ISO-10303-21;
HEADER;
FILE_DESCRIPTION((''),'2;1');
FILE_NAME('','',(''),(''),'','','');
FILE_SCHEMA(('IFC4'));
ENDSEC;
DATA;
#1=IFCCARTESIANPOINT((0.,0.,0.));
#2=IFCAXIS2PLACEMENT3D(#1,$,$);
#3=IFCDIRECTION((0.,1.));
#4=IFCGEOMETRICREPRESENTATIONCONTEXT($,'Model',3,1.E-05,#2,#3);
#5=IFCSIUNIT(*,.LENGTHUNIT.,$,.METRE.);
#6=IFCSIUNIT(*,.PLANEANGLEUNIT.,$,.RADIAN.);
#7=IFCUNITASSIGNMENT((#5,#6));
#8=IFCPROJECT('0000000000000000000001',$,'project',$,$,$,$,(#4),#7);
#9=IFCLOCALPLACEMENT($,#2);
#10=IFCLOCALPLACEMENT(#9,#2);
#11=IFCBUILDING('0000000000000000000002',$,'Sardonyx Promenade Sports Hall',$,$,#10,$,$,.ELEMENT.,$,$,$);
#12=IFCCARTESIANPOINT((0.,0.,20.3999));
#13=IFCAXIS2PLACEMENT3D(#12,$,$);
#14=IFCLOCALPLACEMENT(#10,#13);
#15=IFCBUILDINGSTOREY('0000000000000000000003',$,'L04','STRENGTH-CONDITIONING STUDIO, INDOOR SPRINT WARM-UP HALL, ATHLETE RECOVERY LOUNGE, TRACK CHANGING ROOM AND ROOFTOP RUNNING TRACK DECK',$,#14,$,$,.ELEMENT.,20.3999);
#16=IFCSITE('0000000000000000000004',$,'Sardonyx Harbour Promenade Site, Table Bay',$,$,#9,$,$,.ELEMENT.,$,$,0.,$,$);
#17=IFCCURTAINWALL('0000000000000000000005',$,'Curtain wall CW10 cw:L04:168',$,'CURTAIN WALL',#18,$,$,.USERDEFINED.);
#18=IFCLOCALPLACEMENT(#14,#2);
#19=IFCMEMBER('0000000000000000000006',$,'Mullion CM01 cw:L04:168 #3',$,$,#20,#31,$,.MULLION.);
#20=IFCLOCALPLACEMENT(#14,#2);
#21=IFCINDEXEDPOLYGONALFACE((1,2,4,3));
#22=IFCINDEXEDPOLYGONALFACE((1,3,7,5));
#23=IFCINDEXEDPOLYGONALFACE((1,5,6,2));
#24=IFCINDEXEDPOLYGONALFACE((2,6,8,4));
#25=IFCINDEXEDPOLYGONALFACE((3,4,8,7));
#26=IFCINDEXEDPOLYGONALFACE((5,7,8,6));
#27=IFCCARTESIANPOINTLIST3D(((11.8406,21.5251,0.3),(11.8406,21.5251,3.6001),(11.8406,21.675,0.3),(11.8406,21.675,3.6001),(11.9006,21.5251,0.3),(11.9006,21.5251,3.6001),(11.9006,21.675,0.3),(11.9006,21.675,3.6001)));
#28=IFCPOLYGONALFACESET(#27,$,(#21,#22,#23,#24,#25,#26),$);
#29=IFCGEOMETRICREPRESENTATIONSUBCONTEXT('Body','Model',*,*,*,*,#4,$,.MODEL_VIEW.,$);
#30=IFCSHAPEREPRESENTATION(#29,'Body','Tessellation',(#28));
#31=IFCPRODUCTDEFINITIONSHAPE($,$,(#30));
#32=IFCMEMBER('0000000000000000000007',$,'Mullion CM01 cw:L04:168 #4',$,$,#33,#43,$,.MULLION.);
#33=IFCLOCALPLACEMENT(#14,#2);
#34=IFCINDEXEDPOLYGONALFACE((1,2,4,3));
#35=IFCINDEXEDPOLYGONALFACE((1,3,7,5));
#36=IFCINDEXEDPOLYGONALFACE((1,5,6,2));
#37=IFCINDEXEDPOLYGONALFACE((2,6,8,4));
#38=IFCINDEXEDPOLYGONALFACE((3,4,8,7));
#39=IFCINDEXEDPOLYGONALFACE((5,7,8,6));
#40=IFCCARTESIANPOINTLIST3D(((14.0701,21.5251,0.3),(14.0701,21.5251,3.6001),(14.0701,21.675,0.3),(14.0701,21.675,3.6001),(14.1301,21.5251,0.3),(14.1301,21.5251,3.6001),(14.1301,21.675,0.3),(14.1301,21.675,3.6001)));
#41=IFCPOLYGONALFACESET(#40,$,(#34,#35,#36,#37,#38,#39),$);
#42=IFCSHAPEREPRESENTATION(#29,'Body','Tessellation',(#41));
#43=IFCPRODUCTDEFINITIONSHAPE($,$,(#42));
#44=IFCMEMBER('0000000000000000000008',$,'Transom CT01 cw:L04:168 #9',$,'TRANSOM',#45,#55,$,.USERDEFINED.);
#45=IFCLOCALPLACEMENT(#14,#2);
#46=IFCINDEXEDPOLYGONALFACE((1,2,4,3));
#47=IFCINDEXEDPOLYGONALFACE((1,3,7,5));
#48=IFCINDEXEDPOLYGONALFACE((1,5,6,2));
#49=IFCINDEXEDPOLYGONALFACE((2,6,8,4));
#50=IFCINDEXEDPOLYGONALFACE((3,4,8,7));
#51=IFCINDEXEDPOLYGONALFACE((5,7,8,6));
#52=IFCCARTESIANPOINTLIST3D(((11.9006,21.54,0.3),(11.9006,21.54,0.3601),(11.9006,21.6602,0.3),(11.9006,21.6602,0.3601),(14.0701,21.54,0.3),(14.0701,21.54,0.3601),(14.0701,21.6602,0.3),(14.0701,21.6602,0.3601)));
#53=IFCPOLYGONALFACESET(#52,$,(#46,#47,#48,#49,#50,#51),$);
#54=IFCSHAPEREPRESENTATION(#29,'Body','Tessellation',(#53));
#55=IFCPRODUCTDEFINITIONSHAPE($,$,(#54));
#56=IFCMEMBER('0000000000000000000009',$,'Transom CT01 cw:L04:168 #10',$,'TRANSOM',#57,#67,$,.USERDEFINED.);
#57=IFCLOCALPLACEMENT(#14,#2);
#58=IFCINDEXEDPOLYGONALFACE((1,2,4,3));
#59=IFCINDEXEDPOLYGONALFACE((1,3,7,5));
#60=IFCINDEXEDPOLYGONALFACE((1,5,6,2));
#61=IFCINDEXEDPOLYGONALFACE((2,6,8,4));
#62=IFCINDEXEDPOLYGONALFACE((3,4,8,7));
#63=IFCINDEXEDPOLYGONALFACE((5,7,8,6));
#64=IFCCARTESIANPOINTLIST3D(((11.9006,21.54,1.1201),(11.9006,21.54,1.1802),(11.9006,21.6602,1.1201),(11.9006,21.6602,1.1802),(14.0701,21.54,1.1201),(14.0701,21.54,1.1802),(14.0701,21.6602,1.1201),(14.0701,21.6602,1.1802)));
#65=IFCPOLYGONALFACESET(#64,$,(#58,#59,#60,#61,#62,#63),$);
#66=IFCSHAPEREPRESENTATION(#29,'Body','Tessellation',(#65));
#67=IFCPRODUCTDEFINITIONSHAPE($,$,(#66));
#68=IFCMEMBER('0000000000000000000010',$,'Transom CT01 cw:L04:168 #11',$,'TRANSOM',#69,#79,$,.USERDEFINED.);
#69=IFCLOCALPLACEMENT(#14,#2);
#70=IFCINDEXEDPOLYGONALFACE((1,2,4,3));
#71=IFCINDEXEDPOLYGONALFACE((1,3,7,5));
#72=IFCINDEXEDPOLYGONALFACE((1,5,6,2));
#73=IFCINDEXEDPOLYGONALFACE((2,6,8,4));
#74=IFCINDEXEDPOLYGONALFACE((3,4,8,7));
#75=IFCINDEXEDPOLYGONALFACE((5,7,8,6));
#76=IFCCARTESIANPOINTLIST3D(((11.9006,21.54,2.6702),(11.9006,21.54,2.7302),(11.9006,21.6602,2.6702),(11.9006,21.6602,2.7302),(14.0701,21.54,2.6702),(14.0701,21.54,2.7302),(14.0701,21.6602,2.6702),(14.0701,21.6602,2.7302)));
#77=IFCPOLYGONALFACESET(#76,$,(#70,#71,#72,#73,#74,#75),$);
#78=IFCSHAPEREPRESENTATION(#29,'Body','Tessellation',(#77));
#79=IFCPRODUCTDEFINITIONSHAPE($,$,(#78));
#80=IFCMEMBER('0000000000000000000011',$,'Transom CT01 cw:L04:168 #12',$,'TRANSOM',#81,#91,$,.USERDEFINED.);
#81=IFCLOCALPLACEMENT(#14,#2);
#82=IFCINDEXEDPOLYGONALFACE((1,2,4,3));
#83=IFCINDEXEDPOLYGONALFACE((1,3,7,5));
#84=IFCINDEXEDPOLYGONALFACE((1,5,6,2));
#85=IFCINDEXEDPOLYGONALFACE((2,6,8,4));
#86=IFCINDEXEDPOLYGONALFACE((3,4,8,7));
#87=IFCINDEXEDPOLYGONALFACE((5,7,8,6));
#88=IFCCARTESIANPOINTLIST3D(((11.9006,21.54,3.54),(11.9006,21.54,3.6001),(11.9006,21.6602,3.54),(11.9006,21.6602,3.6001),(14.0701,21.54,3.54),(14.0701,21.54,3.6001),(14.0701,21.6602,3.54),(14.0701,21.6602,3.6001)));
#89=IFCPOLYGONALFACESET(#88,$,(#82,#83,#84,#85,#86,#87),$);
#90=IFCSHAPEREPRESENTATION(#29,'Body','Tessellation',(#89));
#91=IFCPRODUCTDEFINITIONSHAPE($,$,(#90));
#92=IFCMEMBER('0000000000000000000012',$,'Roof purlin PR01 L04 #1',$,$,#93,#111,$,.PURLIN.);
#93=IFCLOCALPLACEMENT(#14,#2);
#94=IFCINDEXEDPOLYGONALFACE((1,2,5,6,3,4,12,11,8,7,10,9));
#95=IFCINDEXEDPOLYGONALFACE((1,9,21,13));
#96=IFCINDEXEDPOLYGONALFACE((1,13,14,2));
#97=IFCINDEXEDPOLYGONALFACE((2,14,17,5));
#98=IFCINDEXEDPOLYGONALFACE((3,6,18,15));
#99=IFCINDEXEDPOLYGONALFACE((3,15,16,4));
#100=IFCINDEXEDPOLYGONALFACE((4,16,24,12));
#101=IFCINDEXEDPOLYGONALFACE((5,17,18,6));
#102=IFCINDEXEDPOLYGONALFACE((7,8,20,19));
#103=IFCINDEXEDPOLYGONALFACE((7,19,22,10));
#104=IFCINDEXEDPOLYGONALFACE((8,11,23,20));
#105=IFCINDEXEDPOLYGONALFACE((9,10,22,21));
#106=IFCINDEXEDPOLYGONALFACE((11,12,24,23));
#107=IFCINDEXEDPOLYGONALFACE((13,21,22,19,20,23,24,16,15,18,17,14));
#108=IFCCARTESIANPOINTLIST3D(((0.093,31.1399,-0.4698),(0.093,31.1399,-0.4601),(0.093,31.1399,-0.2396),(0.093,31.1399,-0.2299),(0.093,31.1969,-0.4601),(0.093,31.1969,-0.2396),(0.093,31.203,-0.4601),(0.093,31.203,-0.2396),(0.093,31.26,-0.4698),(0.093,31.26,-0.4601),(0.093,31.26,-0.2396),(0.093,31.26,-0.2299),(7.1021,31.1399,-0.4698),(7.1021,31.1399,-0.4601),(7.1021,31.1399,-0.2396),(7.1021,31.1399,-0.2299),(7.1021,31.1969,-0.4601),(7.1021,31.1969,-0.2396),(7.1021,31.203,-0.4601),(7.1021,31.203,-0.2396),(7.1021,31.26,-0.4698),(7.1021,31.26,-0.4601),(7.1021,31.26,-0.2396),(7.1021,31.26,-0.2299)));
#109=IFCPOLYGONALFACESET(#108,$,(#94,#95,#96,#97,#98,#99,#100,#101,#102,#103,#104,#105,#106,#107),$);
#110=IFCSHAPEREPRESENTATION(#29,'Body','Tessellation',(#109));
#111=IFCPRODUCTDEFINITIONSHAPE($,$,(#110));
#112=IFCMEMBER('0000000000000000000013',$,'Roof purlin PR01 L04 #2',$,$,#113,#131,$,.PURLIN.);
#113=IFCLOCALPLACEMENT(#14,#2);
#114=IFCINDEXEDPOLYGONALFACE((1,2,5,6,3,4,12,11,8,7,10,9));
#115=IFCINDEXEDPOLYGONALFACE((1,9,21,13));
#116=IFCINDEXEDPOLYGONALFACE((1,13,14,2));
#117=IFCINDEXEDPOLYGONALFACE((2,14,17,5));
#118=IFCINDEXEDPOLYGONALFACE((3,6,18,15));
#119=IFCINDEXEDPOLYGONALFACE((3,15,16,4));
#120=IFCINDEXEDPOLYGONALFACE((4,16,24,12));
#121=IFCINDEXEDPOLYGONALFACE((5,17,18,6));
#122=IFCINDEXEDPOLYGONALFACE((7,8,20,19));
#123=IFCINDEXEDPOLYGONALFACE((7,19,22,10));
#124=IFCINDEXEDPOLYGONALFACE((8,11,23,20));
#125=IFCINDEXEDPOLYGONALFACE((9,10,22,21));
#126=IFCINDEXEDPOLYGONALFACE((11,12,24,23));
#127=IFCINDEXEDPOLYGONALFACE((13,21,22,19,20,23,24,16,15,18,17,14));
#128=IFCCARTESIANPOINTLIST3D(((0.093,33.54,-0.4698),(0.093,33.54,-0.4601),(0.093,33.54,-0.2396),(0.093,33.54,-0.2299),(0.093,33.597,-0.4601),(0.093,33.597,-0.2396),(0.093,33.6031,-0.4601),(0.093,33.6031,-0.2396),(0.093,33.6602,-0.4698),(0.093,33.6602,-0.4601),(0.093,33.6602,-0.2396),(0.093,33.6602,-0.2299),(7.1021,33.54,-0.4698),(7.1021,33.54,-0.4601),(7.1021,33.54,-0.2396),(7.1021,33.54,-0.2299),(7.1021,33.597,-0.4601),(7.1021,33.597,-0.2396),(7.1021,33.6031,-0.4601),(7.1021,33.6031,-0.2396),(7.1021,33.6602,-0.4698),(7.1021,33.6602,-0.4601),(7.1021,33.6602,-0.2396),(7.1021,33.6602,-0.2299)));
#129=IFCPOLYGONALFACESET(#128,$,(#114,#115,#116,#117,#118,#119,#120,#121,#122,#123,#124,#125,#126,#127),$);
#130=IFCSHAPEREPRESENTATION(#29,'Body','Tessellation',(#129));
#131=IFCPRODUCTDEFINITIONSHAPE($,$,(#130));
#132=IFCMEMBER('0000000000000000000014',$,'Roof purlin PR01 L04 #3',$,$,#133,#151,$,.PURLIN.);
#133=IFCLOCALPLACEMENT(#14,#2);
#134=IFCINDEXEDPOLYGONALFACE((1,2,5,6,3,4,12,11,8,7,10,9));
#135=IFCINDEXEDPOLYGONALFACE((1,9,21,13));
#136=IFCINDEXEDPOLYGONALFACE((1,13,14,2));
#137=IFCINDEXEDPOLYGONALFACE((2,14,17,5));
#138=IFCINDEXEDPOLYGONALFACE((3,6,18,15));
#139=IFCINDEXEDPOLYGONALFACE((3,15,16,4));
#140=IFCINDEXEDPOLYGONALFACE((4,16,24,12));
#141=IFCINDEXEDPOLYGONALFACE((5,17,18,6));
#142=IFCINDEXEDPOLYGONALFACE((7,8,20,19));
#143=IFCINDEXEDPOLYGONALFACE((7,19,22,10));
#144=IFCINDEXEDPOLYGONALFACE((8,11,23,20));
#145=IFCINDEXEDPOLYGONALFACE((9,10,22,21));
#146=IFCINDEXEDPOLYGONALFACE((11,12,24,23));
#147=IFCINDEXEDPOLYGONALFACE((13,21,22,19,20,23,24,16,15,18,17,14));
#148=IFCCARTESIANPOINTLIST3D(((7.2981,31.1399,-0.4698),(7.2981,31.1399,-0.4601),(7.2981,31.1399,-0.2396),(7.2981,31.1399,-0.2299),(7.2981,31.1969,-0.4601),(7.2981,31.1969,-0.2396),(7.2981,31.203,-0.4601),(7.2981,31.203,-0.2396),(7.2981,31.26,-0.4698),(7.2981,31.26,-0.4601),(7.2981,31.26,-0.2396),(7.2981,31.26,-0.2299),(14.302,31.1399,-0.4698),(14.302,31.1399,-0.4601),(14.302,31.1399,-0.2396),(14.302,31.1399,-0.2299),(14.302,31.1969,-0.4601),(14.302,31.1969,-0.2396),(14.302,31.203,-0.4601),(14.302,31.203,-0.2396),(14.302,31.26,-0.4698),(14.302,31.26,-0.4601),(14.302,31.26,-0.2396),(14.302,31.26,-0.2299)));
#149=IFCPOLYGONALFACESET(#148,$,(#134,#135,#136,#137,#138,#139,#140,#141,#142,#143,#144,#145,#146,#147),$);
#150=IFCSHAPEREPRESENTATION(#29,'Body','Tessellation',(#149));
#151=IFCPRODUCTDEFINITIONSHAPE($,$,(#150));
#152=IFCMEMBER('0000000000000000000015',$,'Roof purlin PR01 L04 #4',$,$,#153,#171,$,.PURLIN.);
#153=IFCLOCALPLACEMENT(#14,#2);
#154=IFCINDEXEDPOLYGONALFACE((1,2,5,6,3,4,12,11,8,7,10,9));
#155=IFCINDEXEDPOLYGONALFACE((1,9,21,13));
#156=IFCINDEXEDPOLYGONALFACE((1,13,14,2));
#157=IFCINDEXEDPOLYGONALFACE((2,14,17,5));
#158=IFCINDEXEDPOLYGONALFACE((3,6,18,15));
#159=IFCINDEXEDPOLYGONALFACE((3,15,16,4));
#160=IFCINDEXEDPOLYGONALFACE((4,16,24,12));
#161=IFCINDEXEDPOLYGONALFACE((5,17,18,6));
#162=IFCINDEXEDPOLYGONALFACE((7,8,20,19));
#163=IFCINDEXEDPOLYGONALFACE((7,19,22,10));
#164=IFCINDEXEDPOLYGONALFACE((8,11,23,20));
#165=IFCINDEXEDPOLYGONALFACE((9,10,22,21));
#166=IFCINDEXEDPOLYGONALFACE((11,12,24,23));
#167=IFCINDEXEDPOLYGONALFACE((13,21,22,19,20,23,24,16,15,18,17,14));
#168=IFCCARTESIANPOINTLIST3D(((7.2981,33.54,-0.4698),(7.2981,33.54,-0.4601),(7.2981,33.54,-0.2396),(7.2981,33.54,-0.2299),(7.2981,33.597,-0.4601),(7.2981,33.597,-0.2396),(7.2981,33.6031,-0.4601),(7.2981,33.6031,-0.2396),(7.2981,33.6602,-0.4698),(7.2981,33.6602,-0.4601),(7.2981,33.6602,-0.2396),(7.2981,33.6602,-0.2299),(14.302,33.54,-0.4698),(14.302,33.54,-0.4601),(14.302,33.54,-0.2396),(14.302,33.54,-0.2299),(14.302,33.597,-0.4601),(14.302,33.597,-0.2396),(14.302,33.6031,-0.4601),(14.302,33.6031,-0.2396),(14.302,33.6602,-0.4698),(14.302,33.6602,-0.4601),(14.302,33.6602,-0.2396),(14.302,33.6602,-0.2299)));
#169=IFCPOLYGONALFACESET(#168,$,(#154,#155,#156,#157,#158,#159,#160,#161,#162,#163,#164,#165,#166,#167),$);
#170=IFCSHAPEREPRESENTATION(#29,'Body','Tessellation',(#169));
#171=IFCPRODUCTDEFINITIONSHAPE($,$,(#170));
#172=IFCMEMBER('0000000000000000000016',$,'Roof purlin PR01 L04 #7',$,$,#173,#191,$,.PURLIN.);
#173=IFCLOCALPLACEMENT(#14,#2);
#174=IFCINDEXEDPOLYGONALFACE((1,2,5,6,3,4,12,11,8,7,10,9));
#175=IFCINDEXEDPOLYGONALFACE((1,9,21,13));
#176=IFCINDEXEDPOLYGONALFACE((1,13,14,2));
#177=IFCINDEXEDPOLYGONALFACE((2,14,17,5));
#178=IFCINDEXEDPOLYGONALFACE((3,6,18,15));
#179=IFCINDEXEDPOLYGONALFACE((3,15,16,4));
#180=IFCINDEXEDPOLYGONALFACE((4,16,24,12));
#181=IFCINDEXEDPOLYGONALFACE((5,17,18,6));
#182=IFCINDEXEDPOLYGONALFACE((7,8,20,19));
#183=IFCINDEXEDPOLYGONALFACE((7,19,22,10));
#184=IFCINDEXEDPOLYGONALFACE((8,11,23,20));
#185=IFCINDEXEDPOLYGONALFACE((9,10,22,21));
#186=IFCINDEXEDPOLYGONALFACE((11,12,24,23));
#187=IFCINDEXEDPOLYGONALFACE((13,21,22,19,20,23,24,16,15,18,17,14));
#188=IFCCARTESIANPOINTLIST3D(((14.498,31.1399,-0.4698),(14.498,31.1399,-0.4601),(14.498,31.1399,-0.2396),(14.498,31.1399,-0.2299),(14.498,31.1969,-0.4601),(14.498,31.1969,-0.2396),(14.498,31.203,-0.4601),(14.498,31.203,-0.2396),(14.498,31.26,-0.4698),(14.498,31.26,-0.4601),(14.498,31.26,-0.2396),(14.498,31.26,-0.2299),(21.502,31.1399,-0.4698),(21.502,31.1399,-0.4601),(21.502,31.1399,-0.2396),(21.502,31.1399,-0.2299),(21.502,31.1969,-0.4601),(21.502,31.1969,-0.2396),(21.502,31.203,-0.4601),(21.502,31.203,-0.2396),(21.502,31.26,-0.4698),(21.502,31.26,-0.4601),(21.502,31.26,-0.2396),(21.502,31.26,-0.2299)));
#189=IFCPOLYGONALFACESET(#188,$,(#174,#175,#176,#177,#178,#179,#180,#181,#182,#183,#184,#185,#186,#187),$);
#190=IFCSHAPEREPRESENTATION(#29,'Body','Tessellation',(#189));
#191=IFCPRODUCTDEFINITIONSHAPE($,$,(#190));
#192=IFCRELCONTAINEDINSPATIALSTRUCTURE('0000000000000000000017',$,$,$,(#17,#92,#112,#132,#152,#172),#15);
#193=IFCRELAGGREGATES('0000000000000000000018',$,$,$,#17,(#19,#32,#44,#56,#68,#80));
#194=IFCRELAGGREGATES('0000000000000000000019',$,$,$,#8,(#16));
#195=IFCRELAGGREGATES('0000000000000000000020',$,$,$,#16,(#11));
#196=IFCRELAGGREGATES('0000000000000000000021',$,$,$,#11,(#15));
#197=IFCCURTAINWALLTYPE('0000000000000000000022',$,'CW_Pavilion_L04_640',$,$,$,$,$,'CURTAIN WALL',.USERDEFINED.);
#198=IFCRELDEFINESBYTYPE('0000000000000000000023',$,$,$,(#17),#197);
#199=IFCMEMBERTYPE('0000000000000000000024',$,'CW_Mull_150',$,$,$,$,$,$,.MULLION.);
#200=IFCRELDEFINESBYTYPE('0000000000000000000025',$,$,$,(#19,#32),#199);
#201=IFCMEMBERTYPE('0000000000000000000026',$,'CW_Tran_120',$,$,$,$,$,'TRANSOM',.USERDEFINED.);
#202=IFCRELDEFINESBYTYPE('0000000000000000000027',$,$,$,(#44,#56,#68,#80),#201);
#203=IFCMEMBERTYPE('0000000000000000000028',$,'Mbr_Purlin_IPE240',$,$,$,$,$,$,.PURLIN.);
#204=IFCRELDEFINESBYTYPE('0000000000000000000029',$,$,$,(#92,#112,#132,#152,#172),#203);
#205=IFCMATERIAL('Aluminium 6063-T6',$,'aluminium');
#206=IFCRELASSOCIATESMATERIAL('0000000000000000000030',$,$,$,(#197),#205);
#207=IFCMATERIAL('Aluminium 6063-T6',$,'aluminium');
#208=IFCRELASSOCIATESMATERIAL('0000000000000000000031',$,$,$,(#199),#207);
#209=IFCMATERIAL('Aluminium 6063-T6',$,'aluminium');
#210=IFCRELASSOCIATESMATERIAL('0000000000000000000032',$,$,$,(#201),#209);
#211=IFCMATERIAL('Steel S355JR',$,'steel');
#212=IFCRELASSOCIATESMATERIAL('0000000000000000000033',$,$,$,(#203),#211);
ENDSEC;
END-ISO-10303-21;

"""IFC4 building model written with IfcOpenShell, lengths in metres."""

from ifc_helpers import new_model, si_unit, direction, frame, origin, origin_2d, place, context, subcontext, project, spatial, rectangle, i_section, extrude, material, material_profile, profile_set, type_object, element, aggregate, save


model = new_model("IFC4")

# Units and contexts
model_context = context("Model", 3, precision=1e-05, world=origin(), true_north=direction((0.0, 1.0)))
body_context = subcontext(model_context, "Body", "Model", "MODEL_VIEW")
ifc_project = project(units=[si_unit("LENGTHUNIT", "METRE"), si_unit("PLANEANGLEUNIT", "RADIAN")], contexts=[model_context])

# Site, building, storey
site_placement = place(None, origin())
site = spatial("IfcSite", under=ifc_project, at=site_placement, Name="Sardonyx Harbour Promenade Site, Table Bay", CompositionType="ELEMENT", RefElevation=0.0)
building_placement = place(site_placement, origin())
building = spatial("IfcBuilding", under=site, at=building_placement, Name="Sardonyx Promenade Sports Hall", CompositionType="ELEMENT")
storey_placement = place(building_placement, frame((0.0, 0.0, 20.3999)))
storey = spatial("IfcBuildingStorey", under=building, at=storey_placement, Name="L04", Description="STRENGTH-CONDITIONING STUDIO, INDOOR SPRINT WARM-UP HALL, ATHLETE RECOVERY LOUNGE, TRACK CHANGING ROOM AND ROOFTOP RUNNING TRACK DECK", CompositionType="ELEMENT", Elevation=20.3999)

# Curtain wall, members
ifc_material_1 = material(Name="Aluminium 6063-T6", Category="aluminium")
curtain_wall_type = type_object("IfcCurtainWallType", Name="CW_Pavilion_L04_640", ElementType="CURTAIN WALL", PredefinedType="USERDEFINED", material=ifc_material_1)
curtain_wall_placement = place(storey_placement, origin())
curtain_wall = element("IfcCurtainWall", 1, at=curtain_wall_placement, inside=storey, type_object=curtain_wall_type, Name="Curtain wall CW10 cw:L04:168", ObjectType="CURTAIN WALL", PredefinedType="USERDEFINED")
ifc_material_2 = material(Name="Aluminium 6063-T6", Category="aluminium")
ifc_material_profile_1 = material_profile(ifc_material_2, rectangle(XDim=0.0601, YDim=0.1499, at=origin_2d()))
ifc_profile_set_1 = profile_set([ifc_material_profile_1], Name="Aluminium 6063-T6")
member_type_1 = type_object("IfcMemberType", Name="CW_Mull_150", PredefinedType="MULLION", material=ifc_profile_set_1)
member_1_placement = place(storey_placement, frame((11.8706, 21.6001, 0.3), z_axis=(0.0, 0.0, 1.0), x_axis=(1.0, 0.0, 0.0)))
member_1 = element("IfcMember", 2, at=member_1_placement, type_object=member_type_1, Name="Mullion CM01 cw:L04:168 #3", PredefinedType="MULLION", context=body_context, shape_type="SweptSolid", body=[
    extrude(rectangle(XDim=0.0601, YDim=0.1499, at=origin_2d()), origin(), (0.0, 0.0, 1.0), 3.3),
])
member_2_placement = place(storey_placement, frame((14.1001, 21.6001, 0.3), z_axis=(0.0, 0.0, 1.0), x_axis=(1.0, 0.0, 0.0)))
member_2 = element("IfcMember", 3, at=member_2_placement, type_object=member_type_1, Name="Mullion CM01 cw:L04:168 #4", PredefinedType="MULLION", context=body_context, shape_type="SweptSolid", body=[
    extrude(rectangle(XDim=0.0601, YDim=0.1499, at=origin_2d()), origin(), (0.0, 0.0, 1.0), 3.3),
])
ifc_material_3 = material(Name="Aluminium 6063-T6", Category="aluminium")
ifc_material_profile_2 = material_profile(ifc_material_3, rectangle(XDim=0.0601, YDim=0.1201, at=origin_2d()))
ifc_profile_set_2 = profile_set([ifc_material_profile_2], Name="Aluminium 6063-T6")
member_type_2 = type_object("IfcMemberType", Name="CW_Tran_120", ElementType="TRANSOM", PredefinedType="USERDEFINED", material=ifc_profile_set_2)
member_3_placement = place(storey_placement, frame((11.9006, 21.6001, 0.3301), z_axis=(1.0, 0.0, 0.0), x_axis=(0.0, 0.0, 1.0)))
member_3 = element("IfcMember", 4, at=member_3_placement, type_object=member_type_2, Name="Transom CT01 cw:L04:168 #9", ObjectType="TRANSOM", PredefinedType="USERDEFINED", context=body_context, shape_type="SweptSolid", body=[
    extrude(rectangle(XDim=0.0601, YDim=0.1201, at=origin_2d()), origin(), (0.0, 0.0, 1.0), 2.1694),
])
member_4_placement = place(storey_placement, frame((11.9006, 21.6001, 1.1501), z_axis=(1.0, 0.0, 0.0), x_axis=(0.0, 0.0, 1.0)))
member_4 = element("IfcMember", 5, at=member_4_placement, type_object=member_type_2, Name="Transom CT01 cw:L04:168 #10", ObjectType="TRANSOM", PredefinedType="USERDEFINED", context=body_context, shape_type="SweptSolid", body=[
    extrude(rectangle(XDim=0.0601, YDim=0.1201, at=origin_2d()), origin(), (0.0, 0.0, 1.0), 2.1694),
])
member_5_placement = place(storey_placement, frame((11.9006, 21.6001, 2.7002), z_axis=(1.0, 0.0, 0.0), x_axis=(0.0, 0.0, 1.0)))
member_5 = element("IfcMember", 6, at=member_5_placement, type_object=member_type_2, Name="Transom CT01 cw:L04:168 #11", ObjectType="TRANSOM", PredefinedType="USERDEFINED", context=body_context, shape_type="SweptSolid", body=[
    extrude(rectangle(XDim=0.0601, YDim=0.1201, at=origin_2d()), origin(), (0.0, 0.0, 1.0), 2.1694),
])
member_6_placement = place(storey_placement, frame((11.9006, 21.6001, 3.5701), z_axis=(1.0, 0.0, 0.0), x_axis=(0.0, 0.0, 1.0)))
member_6 = element("IfcMember", 7, at=member_6_placement, type_object=member_type_2, Name="Transom CT01 cw:L04:168 #12", ObjectType="TRANSOM", PredefinedType="USERDEFINED", context=body_context, shape_type="SweptSolid", body=[
    extrude(rectangle(XDim=0.0601, YDim=0.1201, at=origin_2d()), origin(), (0.0, 0.0, 1.0), 2.1694),
])

# Members
ifc_material_4 = material(Name="Steel S355JR", Category="steel")
ifc_material_profile_3 = material_profile(ifc_material_4, i_section(OverallWidth=0.1201, OverallDepth=0.24, WebThickness=0.0061, FlangeThickness=0.0098, at=origin_2d()))
ifc_profile_set_3 = profile_set([ifc_material_profile_3], Name="Steel S355JR")
member_type_3 = type_object("IfcMemberType", Name="Mbr_Purlin_IPE240", PredefinedType="PURLIN", material=ifc_profile_set_3)
for number, where, z_axis, x_axis, name in (
    (8, (0.093, 31.2, -0.3499), (1.0, 0.0, 0.0), (0.0, 1.0, 0.0), "Roof purlin PR01 L04 #1"),
    (9, (0.093, 33.6001, -0.3499), (1.0, 0.0, 0.0), (0.0, 1.0, 0.0), "Roof purlin PR01 L04 #2"),
):
    element("IfcMember", number, at=place(storey_placement, frame(where, z_axis=z_axis, x_axis=x_axis)), inside=storey, type_object=member_type_3, Name=name, PredefinedType="PURLIN", context=body_context, shape_type="SweptSolid", body=[
        extrude(i_section(OverallWidth=0.1201, OverallDepth=0.24, WebThickness=0.0061, FlangeThickness=0.0098, at=origin_2d()), origin(), (0.0, 0.0, 1.0), 7.009),
    ])
for number, where, z_axis, x_axis, name in (
    (10, (7.2981, 31.2, -0.3499), (1.0, 0.0, 0.0), (0.0, 1.0, 0.0), "Roof purlin PR01 L04 #3"),
    (11, (7.2981, 33.6001, -0.3499), (1.0, 0.0, 0.0), (0.0, 1.0, 0.0), "Roof purlin PR01 L04 #4"),
    (12, (14.498, 31.2, -0.3499), (1.0, 0.0, 0.0), (0.0, 1.0, 0.0), "Roof purlin PR01 L04 #7"),
):
    element("IfcMember", number, at=place(storey_placement, frame(where, z_axis=z_axis, x_axis=x_axis)), inside=storey, type_object=member_type_3, Name=name, PredefinedType="PURLIN", context=body_context, shape_type="SweptSolid", body=[
        extrude(i_section(OverallWidth=0.1201, OverallDepth=0.24, WebThickness=0.0061, FlangeThickness=0.0098, at=origin_2d()), origin(), (0.0, 0.0, 1.0), 7.0039),
    ])

aggregate(curtain_wall, [member_1, member_2, member_3, member_4, member_5, member_6])

save(model, "model.ifc")
